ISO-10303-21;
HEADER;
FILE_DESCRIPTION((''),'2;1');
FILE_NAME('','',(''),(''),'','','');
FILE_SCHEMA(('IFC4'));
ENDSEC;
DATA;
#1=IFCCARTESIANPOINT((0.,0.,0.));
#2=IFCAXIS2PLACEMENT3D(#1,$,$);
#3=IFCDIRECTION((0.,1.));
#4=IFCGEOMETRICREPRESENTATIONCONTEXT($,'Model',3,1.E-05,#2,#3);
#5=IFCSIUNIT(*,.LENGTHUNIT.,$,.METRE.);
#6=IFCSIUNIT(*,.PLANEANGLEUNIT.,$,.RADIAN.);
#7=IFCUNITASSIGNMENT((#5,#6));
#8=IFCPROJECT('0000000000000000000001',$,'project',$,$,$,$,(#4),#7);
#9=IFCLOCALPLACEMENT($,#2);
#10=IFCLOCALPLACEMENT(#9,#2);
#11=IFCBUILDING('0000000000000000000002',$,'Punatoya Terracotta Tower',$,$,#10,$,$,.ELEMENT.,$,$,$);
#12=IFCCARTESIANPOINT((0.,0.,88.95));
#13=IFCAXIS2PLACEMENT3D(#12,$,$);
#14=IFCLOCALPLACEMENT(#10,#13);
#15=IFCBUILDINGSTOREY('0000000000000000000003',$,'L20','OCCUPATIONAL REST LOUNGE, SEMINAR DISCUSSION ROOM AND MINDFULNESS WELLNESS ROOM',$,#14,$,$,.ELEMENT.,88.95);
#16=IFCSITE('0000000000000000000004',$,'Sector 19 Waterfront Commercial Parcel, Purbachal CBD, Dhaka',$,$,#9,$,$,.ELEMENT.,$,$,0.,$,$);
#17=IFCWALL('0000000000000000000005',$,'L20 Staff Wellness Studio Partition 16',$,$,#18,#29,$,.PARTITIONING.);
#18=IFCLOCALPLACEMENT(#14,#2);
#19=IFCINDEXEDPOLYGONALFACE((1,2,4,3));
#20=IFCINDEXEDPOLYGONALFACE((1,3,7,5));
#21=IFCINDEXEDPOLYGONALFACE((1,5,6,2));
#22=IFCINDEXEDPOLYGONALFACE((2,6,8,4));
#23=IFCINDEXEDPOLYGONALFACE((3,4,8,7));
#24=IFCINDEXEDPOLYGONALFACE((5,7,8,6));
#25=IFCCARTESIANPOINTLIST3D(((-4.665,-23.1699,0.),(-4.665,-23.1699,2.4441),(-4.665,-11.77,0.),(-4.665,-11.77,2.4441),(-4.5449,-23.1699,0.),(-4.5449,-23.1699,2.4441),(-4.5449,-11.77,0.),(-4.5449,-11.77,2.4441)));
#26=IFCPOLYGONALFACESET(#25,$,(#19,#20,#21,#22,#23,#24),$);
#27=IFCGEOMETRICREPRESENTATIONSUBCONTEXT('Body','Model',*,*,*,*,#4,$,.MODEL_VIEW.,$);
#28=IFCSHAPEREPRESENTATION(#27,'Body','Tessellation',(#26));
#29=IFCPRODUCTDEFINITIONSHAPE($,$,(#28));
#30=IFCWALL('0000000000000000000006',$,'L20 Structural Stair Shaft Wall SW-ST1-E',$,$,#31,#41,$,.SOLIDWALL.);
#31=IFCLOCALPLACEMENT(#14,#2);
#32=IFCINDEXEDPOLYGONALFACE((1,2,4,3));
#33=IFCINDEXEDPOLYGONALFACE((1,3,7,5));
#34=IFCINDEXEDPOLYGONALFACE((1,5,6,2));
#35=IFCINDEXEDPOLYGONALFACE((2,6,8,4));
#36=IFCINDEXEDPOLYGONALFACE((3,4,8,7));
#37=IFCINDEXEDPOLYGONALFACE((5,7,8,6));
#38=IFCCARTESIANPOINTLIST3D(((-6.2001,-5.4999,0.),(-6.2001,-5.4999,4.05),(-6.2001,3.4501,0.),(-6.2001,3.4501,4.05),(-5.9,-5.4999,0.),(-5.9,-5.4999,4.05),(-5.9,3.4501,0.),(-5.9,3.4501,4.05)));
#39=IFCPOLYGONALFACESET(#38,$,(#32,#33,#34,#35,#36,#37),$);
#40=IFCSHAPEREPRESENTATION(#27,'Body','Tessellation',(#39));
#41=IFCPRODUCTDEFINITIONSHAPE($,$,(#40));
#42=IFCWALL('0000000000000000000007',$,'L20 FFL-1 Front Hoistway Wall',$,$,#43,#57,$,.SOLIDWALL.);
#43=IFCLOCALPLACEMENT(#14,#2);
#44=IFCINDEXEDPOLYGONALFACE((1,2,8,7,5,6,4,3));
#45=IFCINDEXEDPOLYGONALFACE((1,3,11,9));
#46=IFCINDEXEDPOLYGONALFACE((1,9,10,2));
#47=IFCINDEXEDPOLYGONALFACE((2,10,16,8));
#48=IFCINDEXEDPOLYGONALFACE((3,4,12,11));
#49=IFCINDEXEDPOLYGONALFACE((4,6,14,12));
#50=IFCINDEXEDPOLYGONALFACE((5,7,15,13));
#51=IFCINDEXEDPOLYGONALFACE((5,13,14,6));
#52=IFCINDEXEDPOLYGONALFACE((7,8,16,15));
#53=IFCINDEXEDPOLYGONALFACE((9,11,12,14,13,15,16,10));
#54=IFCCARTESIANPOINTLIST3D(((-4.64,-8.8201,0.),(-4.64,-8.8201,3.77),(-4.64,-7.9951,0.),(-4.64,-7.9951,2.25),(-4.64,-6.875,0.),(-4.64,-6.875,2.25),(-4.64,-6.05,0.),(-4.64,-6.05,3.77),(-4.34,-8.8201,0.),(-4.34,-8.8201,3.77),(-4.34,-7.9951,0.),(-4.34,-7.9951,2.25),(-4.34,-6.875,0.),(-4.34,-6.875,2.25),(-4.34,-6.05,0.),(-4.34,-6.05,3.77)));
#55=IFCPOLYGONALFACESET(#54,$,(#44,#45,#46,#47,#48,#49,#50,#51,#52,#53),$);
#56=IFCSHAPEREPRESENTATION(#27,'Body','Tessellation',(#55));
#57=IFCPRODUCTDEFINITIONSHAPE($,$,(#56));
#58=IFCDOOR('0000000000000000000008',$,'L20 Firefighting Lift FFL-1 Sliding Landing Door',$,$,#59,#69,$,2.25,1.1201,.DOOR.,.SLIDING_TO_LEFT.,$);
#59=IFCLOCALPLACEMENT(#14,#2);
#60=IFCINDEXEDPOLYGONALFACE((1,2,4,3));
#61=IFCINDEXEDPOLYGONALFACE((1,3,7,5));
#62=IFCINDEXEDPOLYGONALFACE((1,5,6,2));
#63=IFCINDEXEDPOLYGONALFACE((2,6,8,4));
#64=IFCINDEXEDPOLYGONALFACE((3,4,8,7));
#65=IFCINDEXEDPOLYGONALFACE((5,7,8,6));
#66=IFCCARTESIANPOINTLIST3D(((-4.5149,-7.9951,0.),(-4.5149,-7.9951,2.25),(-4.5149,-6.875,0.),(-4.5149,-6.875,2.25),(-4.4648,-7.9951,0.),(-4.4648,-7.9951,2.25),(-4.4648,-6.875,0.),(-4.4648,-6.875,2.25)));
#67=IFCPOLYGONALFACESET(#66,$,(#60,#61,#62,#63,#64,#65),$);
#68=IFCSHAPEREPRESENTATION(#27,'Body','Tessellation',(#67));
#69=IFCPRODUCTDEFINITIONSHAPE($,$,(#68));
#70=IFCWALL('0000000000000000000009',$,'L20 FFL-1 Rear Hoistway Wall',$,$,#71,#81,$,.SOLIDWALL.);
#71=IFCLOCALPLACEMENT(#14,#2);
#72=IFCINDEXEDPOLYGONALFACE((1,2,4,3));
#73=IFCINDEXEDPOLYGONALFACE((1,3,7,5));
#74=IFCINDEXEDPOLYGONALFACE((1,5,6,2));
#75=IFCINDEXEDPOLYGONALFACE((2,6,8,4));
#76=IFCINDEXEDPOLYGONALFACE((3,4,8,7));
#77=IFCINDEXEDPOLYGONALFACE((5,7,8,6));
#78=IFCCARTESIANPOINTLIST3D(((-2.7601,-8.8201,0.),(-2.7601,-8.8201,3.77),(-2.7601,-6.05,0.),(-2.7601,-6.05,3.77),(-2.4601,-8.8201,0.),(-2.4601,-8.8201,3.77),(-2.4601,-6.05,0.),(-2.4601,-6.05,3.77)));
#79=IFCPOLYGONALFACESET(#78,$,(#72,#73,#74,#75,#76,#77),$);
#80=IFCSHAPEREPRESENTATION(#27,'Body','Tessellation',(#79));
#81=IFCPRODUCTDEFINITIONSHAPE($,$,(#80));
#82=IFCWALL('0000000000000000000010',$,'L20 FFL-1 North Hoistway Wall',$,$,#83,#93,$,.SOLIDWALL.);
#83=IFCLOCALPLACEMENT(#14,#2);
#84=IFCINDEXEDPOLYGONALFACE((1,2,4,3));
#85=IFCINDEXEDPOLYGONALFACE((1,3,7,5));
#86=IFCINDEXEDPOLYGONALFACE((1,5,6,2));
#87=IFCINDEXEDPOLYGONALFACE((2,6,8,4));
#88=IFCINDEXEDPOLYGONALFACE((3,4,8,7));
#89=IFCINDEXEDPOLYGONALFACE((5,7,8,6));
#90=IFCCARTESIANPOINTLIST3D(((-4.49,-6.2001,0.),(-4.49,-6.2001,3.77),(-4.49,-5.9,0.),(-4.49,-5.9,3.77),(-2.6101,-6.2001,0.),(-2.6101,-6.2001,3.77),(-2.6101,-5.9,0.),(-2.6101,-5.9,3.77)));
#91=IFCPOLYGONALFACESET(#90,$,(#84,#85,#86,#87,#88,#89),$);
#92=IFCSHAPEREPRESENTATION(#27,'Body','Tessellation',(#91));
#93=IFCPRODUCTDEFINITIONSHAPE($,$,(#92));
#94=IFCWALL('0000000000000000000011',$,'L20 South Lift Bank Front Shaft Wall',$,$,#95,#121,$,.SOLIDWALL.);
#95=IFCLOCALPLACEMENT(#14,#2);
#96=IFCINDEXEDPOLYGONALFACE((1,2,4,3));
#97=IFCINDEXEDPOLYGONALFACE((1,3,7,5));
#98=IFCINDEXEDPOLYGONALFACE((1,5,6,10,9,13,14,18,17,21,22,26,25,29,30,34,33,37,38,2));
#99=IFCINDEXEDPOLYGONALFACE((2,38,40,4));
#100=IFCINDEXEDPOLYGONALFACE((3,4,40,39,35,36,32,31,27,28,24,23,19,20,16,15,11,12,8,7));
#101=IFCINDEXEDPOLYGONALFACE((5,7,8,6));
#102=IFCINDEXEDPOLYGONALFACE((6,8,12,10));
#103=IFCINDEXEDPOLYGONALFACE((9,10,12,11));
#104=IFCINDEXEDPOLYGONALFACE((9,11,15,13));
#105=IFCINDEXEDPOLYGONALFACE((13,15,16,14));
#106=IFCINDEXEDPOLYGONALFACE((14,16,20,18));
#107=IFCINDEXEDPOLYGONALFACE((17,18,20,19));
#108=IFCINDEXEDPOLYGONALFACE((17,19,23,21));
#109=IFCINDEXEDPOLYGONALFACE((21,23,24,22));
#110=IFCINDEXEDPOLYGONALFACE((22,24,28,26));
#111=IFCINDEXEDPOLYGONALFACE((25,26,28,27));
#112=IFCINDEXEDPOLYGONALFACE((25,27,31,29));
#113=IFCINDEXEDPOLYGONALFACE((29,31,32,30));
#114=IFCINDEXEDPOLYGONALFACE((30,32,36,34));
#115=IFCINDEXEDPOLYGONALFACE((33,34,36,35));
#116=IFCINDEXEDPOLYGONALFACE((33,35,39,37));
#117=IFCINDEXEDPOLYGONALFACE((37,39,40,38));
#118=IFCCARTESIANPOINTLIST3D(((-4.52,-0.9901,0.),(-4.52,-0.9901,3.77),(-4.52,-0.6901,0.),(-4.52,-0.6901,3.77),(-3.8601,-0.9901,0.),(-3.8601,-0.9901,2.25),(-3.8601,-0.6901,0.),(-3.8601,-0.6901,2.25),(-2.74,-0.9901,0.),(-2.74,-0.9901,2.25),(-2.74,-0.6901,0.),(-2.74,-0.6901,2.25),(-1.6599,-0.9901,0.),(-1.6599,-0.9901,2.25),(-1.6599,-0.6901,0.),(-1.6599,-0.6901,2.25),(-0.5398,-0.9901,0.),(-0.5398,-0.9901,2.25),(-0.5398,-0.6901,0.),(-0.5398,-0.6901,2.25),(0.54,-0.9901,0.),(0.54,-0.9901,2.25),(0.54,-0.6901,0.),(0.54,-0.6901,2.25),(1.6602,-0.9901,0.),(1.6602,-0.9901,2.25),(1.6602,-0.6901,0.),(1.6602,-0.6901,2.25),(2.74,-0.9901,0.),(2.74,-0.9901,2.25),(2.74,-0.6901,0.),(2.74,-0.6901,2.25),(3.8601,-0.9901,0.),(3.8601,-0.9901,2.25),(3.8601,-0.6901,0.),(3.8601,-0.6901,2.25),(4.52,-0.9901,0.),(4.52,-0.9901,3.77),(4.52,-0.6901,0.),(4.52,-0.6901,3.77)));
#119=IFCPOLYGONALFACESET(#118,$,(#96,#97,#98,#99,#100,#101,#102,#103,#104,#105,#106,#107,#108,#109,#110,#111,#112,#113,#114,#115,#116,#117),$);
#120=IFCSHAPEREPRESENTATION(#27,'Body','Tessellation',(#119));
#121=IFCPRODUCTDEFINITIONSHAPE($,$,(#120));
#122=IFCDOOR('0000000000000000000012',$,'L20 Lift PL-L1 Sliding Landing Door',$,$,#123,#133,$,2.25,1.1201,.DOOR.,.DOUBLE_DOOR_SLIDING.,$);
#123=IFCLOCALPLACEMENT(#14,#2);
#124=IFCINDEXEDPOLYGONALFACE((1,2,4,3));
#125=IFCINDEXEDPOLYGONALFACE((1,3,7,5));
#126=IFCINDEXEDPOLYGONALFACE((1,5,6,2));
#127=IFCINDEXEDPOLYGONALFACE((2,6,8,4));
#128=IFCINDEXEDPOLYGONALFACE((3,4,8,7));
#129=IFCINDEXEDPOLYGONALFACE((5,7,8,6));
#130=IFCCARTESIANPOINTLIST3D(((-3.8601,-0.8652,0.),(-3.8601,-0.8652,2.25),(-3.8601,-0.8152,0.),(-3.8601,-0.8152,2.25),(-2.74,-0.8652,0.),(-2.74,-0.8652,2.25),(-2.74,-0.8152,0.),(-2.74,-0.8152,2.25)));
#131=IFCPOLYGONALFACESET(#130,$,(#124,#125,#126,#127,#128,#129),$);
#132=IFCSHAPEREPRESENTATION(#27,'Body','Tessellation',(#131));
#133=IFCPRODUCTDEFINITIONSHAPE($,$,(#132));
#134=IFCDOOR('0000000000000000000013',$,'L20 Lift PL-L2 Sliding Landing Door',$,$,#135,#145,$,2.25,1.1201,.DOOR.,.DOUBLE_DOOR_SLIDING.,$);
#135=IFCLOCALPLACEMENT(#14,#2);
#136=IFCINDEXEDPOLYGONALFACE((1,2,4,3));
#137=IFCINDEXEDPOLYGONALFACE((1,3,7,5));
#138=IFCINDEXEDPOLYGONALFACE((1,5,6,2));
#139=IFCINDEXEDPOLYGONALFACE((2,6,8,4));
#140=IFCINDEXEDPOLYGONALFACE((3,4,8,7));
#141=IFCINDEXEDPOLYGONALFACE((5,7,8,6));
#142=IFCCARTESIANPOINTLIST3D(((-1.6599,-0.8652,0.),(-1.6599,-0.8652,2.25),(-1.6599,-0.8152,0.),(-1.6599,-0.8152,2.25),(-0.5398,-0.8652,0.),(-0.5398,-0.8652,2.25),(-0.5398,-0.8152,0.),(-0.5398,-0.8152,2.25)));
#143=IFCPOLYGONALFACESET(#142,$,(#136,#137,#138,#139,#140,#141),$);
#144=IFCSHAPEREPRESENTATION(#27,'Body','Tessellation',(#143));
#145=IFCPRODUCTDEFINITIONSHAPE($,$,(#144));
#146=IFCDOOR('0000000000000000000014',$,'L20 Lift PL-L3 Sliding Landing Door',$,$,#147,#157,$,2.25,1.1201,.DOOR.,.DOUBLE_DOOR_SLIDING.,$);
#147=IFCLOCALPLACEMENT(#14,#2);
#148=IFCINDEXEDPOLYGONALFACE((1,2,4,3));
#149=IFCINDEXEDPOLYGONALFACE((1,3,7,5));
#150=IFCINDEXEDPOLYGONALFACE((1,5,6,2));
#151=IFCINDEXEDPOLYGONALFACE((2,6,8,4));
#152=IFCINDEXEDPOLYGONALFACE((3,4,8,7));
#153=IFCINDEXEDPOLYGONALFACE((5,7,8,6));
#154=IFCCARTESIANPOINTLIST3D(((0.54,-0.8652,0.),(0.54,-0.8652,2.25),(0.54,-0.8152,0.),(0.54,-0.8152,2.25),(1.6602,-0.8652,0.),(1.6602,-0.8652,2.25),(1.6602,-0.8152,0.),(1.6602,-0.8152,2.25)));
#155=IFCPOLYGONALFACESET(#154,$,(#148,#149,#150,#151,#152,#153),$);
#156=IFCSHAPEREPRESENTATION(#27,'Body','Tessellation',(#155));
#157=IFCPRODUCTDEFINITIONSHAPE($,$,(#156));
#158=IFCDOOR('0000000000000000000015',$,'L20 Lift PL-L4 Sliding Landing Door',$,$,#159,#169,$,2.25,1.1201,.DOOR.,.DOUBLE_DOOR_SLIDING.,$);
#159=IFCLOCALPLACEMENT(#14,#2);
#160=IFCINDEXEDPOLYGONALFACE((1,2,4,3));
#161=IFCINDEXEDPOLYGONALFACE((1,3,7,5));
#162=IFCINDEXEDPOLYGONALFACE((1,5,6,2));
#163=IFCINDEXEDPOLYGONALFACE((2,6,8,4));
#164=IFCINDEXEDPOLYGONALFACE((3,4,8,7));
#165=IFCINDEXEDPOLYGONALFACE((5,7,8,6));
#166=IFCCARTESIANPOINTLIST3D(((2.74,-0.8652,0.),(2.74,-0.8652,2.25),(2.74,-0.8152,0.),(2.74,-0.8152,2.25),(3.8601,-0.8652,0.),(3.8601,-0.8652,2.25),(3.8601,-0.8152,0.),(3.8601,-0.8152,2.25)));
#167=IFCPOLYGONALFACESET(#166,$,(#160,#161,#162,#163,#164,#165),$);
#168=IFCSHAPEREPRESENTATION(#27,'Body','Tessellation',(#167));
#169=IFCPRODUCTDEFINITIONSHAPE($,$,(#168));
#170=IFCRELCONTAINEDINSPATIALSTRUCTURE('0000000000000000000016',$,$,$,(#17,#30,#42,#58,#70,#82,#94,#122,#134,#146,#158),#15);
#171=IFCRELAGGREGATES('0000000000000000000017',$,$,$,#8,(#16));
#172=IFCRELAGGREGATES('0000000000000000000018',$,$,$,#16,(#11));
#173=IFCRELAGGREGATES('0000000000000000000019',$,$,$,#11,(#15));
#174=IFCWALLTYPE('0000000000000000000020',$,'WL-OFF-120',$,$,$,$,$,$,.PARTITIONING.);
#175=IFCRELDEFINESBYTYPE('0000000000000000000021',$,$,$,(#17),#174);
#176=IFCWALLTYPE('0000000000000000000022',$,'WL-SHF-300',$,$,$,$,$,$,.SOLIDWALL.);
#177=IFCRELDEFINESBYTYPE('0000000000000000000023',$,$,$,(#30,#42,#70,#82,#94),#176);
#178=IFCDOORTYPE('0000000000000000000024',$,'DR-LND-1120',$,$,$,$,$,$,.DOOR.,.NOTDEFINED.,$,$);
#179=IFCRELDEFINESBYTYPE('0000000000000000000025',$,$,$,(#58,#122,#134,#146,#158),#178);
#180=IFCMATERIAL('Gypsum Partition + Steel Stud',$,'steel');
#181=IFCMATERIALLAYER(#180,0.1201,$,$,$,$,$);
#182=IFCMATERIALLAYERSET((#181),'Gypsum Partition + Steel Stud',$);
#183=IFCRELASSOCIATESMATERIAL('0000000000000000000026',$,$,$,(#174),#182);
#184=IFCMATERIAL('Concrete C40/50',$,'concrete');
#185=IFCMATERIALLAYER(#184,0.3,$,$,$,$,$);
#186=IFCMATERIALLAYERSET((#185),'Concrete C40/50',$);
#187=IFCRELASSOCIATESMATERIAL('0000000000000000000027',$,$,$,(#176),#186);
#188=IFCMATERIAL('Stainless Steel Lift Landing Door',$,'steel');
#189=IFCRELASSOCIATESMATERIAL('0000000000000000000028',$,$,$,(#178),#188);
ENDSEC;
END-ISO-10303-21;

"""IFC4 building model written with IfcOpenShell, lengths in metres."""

from ifc_helpers import new_model, si_unit, direction, frame, frame_2d, origin, place, context, subcontext, project, spatial, rectangle, extrude, material, layer, layer_set, type_object, element, fill, save


model = new_model("IFC4")

# Units and contexts
model_context = context("Model", 3, precision=1e-05, world=origin(), true_north=direction((0.0, 1.0)))
body_context = subcontext(model_context, "Body", "Model", "MODEL_VIEW")
ifc_project = project(units=[si_unit("LENGTHUNIT", "METRE"), si_unit("PLANEANGLEUNIT", "RADIAN")], contexts=[model_context])

# Site, building, storey
site_placement = place(None, origin())
site = spatial("IfcSite", under=ifc_project, at=site_placement, Name="Sector 19 Waterfront Commercial Parcel, Purbachal CBD, Dhaka", CompositionType="ELEMENT", RefElevation=0.0)
building_placement = place(site_placement, origin())
building = spatial("IfcBuilding", under=site, at=building_placement, Name="Punatoya Terracotta Tower", CompositionType="ELEMENT")
storey_placement = place(building_placement, frame((0.0, 0.0, 88.95)))
storey = spatial("IfcBuildingStorey", under=building, at=storey_placement, Name="L20", Description="OCCUPATIONAL REST LOUNGE, SEMINAR DISCUSSION ROOM AND MINDFULNESS WELLNESS ROOM", CompositionType="ELEMENT", Elevation=88.95)

# Shared definitions
ifc_material_1 = material(Name="Concrete C40/50", Category="concrete")

# Walls
ifc_material_2 = material(Name="Gypsum Partition + Steel Stud", Category="steel")
ifc_layer_1 = layer(ifc_material_2, 0.1201)
ifc_layer_set_1 = layer_set([ifc_layer_1], Name="Gypsum Partition + Steel Stud")
wall_type_1 = type_object("IfcWallType", Name="WL-OFF-120", PredefinedType="PARTITIONING", material=ifc_layer_set_1)
wall_1_placement = place(storey_placement, frame((-4.605, -11.77, 0.0), z_axis=(0.0, 0.0, 1.0), x_axis=(0.0, -1.0, 0.0)))
element("IfcWall", 1, at=wall_1_placement, inside=storey, type_object=wall_type_1, Name="L20 Staff Wellness Studio Partition 16", PredefinedType="PARTITIONING", context=body_context, shape_type="SweptSolid", body=[
    extrude(rectangle(XDim=11.3999, YDim=0.1201, at=frame_2d((5.7, 0.0))), origin(), (0.0, 0.0, 1.0), 2.4441),
])
ifc_layer_2 = layer(ifc_material_1, 0.3)
ifc_layer_set_2 = layer_set([ifc_layer_2], Name="Concrete C40/50")
wall_type_2 = type_object("IfcWallType", Name="WL-SHF-300", PredefinedType="SOLIDWALL", material=ifc_layer_set_2)
wall_2_placement = place(storey_placement, frame((-6.05, -5.5, 0.0), z_axis=(0.0, 0.0, 1.0), x_axis=(0.0, 1.0, 0.0)))
element("IfcWall", 2, at=wall_2_placement, inside=storey, type_object=wall_type_2, Name="L20 Structural Stair Shaft Wall SW-ST1-E", PredefinedType="SOLIDWALL", context=body_context, shape_type="SweptSolid", body=[
    extrude(rectangle(XDim=8.95, YDim=0.3, at=frame_2d((4.4751, 0.0))), origin(), (0.0, 0.0, 1.0), 4.05),
])

# Wall, opening, door
wall_3_placement = place(storey_placement, frame((-4.49, -8.8201, 0.0), z_axis=(0.0, 0.0, 1.0), x_axis=(0.0, 1.0, 0.0)))
wall_3 = element("IfcWall", 3, at=wall_3_placement, inside=storey, type_object=wall_type_2, Name="L20 FFL-1 Front Hoistway Wall", PredefinedType="SOLIDWALL", context=body_context, shape_type="SweptSolid", body=[
    extrude(rectangle(XDim=2.77, YDim=0.3, at=frame_2d((1.385, 0.0))), origin(), (0.0, 0.0, 1.0), 3.77),
])
opening_1_placement = place(wall_3_placement, frame((0.825, 0.0, 0.0)))
opening_1 = element("IfcOpeningElement", 4, at=opening_1_placement, cuts=wall_3, PredefinedType="OPENING", context=body_context, shape_type="SweptSolid", body=[
    extrude(rectangle(XDim=1.1201, YDim=2.25, at=frame_2d((0.5601, 1.125))), frame((0.0, 0.1599, 0.0), z_axis=(0.0, -1.0, 0.0), x_axis=(1.0, 0.0, 0.0)), (0.0, 0.0, 1.0), 0.3201),
])
ifc_material_3 = material(Name="Stainless Steel Lift Landing Door", Category="steel")
door_type_1 = type_object("IfcDoorType", Name="DR-LND-1120", OperationType="NOTDEFINED", PredefinedType="DOOR", material=ifc_material_3)
door_1_placement = place(opening_1_placement, origin())
door_1 = element("IfcDoor", 5, at=door_1_placement, inside=storey, type_object=door_type_1, Name="L20 Firefighting Lift FFL-1 Sliding Landing Door", OperationType="SLIDING_TO_LEFT", OverallHeight=2.25, OverallWidth=1.1201, PredefinedType="DOOR", context=body_context, shape_type="SweptSolid", body=[
    extrude(rectangle(XDim=1.1201, YDim=2.25, at=frame_2d((0.5601, 1.125))), frame((0.0, 0.0249, 0.0), z_axis=(0.0, -1.0, 0.0), x_axis=(1.0, 0.0, 0.0)), (0.0, 0.0, 1.0), 0.05),
])
fill(opening_1, door_1)

# Walls
wall_4_placement = place(storey_placement, frame((-2.6101, -8.8201, 0.0), z_axis=(0.0, 0.0, 1.0), x_axis=(0.0, 1.0, 0.0)))
element("IfcWall", 6, at=wall_4_placement, inside=storey, type_object=wall_type_2, Name="L20 FFL-1 Rear Hoistway Wall", PredefinedType="SOLIDWALL", context=body_context, shape_type="SweptSolid", body=[
    extrude(rectangle(XDim=2.77, YDim=0.3, at=frame_2d((1.385, 0.0))), origin(), (0.0, 0.0, 1.0), 3.77),
])
wall_5_placement = place(storey_placement, frame((-4.49, -6.05, 0.0), z_axis=(0.0, 0.0, 1.0), x_axis=(1.0, 0.0, 0.0)))
element("IfcWall", 7, at=wall_5_placement, inside=storey, type_object=wall_type_2, Name="L20 FFL-1 North Hoistway Wall", PredefinedType="SOLIDWALL", context=body_context, shape_type="SweptSolid", body=[
    extrude(rectangle(XDim=1.8799, YDim=0.3, at=frame_2d((0.9399, 0.0))), origin(), (0.0, 0.0, 1.0), 3.77),
])

# Wall, openings, doors
wall_6_placement = place(storey_placement, frame((-4.52, -0.8401, 0.0), z_axis=(0.0, 0.0, 1.0), x_axis=(1.0, 0.0, 0.0)))
wall_6 = element("IfcWall", 8, at=wall_6_placement, inside=storey, type_object=wall_type_2, Name="L20 South Lift Bank Front Shaft Wall", PredefinedType="SOLIDWALL", context=body_context, shape_type="SweptSolid", body=[
    extrude(rectangle(XDim=9.04, YDim=0.3, at=frame_2d((4.52, 0.0))), origin(), (0.0, 0.0, 1.0), 3.77),
])
opening_2_placement = place(wall_6_placement, frame((0.6599, 0.0, 0.0)))
opening_2 = element("IfcOpeningElement", 9, at=opening_2_placement, cuts=wall_6, PredefinedType="OPENING", context=body_context, shape_type="SweptSolid", body=[
    extrude(rectangle(XDim=1.1201, YDim=2.25, at=frame_2d((0.5601, 1.125))), frame((0.0, 0.1599, 0.0), z_axis=(0.0, -1.0, 0.0), x_axis=(1.0, 0.0, 0.0)), (0.0, 0.0, 1.0), 0.3201),
])
opening_3_placement = place(wall_6_placement, frame((2.8601, 0.0, 0.0)))
opening_3 = element("IfcOpeningElement", 10, at=opening_3_placement, cuts=wall_6, PredefinedType="OPENING", context=body_context, shape_type="SweptSolid", body=[
    extrude(rectangle(XDim=1.1201, YDim=2.25, at=frame_2d((0.5601, 1.125))), frame((0.0, 0.1599, 0.0), z_axis=(0.0, -1.0, 0.0), x_axis=(1.0, 0.0, 0.0)), (0.0, 0.0, 1.0), 0.3201),
])
opening_4_placement = place(wall_6_placement, frame((5.0601, 0.0, 0.0)))
opening_4 = element("IfcOpeningElement", 11, at=opening_4_placement, cuts=wall_6, PredefinedType="OPENING", context=body_context, shape_type="SweptSolid", body=[
    extrude(rectangle(XDim=1.1201, YDim=2.25, at=frame_2d((0.5601, 1.125))), frame((0.0, 0.1599, 0.0), z_axis=(0.0, -1.0, 0.0), x_axis=(1.0, 0.0, 0.0)), (0.0, 0.0, 1.0), 0.3201),
])
opening_5_placement = place(wall_6_placement, frame((7.26, 0.0, 0.0)))
opening_5 = element("IfcOpeningElement", 12, at=opening_5_placement, cuts=wall_6, PredefinedType="OPENING", context=body_context, shape_type="SweptSolid", body=[
    extrude(rectangle(XDim=1.1201, YDim=2.25, at=frame_2d((0.5601, 1.125))), frame((0.0, 0.1599, 0.0), z_axis=(0.0, -1.0, 0.0), x_axis=(1.0, 0.0, 0.0)), (0.0, 0.0, 1.0), 0.3201),
])
door_2_placement = place(opening_2_placement, origin())
door_2 = element("IfcDoor", 13, at=door_2_placement, inside=storey, type_object=door_type_1, Name="L20 Lift PL-L1 Sliding Landing Door", OperationType="DOUBLE_DOOR_SLIDING", OverallHeight=2.25, OverallWidth=1.1201, PredefinedType="DOOR", context=body_context, shape_type="SweptSolid", body=[
    extrude(rectangle(XDim=1.1201, YDim=2.25, at=frame_2d((0.5601, 1.125))), frame((0.0, 0.0249, 0.0), z_axis=(0.0, -1.0, 0.0), x_axis=(1.0, 0.0, 0.0)), (0.0, 0.0, 1.0), 0.05),
])
fill(opening_2, door_2)
door_3_placement = place(opening_3_placement, origin())
door_3 = element("IfcDoor", 14, at=door_3_placement, inside=storey, type_object=door_type_1, Name="L20 Lift PL-L2 Sliding Landing Door", OperationType="DOUBLE_DOOR_SLIDING", OverallHeight=2.25, OverallWidth=1.1201, PredefinedType="DOOR", context=body_context, shape_type="SweptSolid", body=[
    extrude(rectangle(XDim=1.1201, YDim=2.25, at=frame_2d((0.5601, 1.125))), frame((0.0, 0.0249, 0.0), z_axis=(0.0, -1.0, 0.0), x_axis=(1.0, 0.0, 0.0)), (0.0, 0.0, 1.0), 0.05),
])
fill(opening_3, door_3)
door_4_placement = place(opening_4_placement, origin())
door_4 = element("IfcDoor", 15, at=door_4_placement, inside=storey, type_object=door_type_1, Name="L20 Lift PL-L3 Sliding Landing Door", OperationType="DOUBLE_DOOR_SLIDING", OverallHeight=2.25, OverallWidth=1.1201, PredefinedType="DOOR", context=body_context, shape_type="SweptSolid", body=[
    extrude(rectangle(XDim=1.1201, YDim=2.25, at=frame_2d((0.5601, 1.125))), frame((0.0, 0.0249, 0.0), z_axis=(0.0, -1.0, 0.0), x_axis=(1.0, 0.0, 0.0)), (0.0, 0.0, 1.0), 0.05),
])
fill(opening_4, door_4)
door_5_placement = place(opening_5_placement, origin())
door_5 = element("IfcDoor", 16, at=door_5_placement, inside=storey, type_object=door_type_1, Name="L20 Lift PL-L4 Sliding Landing Door", OperationType="DOUBLE_DOOR_SLIDING", OverallHeight=2.25, OverallWidth=1.1201, PredefinedType="DOOR", context=body_context, shape_type="SweptSolid", body=[
    extrude(rectangle(XDim=1.1201, YDim=2.25, at=frame_2d((0.5601, 1.125))), frame((0.0, 0.0249, 0.0), z_axis=(0.0, -1.0, 0.0), x_axis=(1.0, 0.0, 0.0)), (0.0, 0.0, 1.0), 0.05),
])
fill(opening_5, door_5)

save(model, "model.ifc")
